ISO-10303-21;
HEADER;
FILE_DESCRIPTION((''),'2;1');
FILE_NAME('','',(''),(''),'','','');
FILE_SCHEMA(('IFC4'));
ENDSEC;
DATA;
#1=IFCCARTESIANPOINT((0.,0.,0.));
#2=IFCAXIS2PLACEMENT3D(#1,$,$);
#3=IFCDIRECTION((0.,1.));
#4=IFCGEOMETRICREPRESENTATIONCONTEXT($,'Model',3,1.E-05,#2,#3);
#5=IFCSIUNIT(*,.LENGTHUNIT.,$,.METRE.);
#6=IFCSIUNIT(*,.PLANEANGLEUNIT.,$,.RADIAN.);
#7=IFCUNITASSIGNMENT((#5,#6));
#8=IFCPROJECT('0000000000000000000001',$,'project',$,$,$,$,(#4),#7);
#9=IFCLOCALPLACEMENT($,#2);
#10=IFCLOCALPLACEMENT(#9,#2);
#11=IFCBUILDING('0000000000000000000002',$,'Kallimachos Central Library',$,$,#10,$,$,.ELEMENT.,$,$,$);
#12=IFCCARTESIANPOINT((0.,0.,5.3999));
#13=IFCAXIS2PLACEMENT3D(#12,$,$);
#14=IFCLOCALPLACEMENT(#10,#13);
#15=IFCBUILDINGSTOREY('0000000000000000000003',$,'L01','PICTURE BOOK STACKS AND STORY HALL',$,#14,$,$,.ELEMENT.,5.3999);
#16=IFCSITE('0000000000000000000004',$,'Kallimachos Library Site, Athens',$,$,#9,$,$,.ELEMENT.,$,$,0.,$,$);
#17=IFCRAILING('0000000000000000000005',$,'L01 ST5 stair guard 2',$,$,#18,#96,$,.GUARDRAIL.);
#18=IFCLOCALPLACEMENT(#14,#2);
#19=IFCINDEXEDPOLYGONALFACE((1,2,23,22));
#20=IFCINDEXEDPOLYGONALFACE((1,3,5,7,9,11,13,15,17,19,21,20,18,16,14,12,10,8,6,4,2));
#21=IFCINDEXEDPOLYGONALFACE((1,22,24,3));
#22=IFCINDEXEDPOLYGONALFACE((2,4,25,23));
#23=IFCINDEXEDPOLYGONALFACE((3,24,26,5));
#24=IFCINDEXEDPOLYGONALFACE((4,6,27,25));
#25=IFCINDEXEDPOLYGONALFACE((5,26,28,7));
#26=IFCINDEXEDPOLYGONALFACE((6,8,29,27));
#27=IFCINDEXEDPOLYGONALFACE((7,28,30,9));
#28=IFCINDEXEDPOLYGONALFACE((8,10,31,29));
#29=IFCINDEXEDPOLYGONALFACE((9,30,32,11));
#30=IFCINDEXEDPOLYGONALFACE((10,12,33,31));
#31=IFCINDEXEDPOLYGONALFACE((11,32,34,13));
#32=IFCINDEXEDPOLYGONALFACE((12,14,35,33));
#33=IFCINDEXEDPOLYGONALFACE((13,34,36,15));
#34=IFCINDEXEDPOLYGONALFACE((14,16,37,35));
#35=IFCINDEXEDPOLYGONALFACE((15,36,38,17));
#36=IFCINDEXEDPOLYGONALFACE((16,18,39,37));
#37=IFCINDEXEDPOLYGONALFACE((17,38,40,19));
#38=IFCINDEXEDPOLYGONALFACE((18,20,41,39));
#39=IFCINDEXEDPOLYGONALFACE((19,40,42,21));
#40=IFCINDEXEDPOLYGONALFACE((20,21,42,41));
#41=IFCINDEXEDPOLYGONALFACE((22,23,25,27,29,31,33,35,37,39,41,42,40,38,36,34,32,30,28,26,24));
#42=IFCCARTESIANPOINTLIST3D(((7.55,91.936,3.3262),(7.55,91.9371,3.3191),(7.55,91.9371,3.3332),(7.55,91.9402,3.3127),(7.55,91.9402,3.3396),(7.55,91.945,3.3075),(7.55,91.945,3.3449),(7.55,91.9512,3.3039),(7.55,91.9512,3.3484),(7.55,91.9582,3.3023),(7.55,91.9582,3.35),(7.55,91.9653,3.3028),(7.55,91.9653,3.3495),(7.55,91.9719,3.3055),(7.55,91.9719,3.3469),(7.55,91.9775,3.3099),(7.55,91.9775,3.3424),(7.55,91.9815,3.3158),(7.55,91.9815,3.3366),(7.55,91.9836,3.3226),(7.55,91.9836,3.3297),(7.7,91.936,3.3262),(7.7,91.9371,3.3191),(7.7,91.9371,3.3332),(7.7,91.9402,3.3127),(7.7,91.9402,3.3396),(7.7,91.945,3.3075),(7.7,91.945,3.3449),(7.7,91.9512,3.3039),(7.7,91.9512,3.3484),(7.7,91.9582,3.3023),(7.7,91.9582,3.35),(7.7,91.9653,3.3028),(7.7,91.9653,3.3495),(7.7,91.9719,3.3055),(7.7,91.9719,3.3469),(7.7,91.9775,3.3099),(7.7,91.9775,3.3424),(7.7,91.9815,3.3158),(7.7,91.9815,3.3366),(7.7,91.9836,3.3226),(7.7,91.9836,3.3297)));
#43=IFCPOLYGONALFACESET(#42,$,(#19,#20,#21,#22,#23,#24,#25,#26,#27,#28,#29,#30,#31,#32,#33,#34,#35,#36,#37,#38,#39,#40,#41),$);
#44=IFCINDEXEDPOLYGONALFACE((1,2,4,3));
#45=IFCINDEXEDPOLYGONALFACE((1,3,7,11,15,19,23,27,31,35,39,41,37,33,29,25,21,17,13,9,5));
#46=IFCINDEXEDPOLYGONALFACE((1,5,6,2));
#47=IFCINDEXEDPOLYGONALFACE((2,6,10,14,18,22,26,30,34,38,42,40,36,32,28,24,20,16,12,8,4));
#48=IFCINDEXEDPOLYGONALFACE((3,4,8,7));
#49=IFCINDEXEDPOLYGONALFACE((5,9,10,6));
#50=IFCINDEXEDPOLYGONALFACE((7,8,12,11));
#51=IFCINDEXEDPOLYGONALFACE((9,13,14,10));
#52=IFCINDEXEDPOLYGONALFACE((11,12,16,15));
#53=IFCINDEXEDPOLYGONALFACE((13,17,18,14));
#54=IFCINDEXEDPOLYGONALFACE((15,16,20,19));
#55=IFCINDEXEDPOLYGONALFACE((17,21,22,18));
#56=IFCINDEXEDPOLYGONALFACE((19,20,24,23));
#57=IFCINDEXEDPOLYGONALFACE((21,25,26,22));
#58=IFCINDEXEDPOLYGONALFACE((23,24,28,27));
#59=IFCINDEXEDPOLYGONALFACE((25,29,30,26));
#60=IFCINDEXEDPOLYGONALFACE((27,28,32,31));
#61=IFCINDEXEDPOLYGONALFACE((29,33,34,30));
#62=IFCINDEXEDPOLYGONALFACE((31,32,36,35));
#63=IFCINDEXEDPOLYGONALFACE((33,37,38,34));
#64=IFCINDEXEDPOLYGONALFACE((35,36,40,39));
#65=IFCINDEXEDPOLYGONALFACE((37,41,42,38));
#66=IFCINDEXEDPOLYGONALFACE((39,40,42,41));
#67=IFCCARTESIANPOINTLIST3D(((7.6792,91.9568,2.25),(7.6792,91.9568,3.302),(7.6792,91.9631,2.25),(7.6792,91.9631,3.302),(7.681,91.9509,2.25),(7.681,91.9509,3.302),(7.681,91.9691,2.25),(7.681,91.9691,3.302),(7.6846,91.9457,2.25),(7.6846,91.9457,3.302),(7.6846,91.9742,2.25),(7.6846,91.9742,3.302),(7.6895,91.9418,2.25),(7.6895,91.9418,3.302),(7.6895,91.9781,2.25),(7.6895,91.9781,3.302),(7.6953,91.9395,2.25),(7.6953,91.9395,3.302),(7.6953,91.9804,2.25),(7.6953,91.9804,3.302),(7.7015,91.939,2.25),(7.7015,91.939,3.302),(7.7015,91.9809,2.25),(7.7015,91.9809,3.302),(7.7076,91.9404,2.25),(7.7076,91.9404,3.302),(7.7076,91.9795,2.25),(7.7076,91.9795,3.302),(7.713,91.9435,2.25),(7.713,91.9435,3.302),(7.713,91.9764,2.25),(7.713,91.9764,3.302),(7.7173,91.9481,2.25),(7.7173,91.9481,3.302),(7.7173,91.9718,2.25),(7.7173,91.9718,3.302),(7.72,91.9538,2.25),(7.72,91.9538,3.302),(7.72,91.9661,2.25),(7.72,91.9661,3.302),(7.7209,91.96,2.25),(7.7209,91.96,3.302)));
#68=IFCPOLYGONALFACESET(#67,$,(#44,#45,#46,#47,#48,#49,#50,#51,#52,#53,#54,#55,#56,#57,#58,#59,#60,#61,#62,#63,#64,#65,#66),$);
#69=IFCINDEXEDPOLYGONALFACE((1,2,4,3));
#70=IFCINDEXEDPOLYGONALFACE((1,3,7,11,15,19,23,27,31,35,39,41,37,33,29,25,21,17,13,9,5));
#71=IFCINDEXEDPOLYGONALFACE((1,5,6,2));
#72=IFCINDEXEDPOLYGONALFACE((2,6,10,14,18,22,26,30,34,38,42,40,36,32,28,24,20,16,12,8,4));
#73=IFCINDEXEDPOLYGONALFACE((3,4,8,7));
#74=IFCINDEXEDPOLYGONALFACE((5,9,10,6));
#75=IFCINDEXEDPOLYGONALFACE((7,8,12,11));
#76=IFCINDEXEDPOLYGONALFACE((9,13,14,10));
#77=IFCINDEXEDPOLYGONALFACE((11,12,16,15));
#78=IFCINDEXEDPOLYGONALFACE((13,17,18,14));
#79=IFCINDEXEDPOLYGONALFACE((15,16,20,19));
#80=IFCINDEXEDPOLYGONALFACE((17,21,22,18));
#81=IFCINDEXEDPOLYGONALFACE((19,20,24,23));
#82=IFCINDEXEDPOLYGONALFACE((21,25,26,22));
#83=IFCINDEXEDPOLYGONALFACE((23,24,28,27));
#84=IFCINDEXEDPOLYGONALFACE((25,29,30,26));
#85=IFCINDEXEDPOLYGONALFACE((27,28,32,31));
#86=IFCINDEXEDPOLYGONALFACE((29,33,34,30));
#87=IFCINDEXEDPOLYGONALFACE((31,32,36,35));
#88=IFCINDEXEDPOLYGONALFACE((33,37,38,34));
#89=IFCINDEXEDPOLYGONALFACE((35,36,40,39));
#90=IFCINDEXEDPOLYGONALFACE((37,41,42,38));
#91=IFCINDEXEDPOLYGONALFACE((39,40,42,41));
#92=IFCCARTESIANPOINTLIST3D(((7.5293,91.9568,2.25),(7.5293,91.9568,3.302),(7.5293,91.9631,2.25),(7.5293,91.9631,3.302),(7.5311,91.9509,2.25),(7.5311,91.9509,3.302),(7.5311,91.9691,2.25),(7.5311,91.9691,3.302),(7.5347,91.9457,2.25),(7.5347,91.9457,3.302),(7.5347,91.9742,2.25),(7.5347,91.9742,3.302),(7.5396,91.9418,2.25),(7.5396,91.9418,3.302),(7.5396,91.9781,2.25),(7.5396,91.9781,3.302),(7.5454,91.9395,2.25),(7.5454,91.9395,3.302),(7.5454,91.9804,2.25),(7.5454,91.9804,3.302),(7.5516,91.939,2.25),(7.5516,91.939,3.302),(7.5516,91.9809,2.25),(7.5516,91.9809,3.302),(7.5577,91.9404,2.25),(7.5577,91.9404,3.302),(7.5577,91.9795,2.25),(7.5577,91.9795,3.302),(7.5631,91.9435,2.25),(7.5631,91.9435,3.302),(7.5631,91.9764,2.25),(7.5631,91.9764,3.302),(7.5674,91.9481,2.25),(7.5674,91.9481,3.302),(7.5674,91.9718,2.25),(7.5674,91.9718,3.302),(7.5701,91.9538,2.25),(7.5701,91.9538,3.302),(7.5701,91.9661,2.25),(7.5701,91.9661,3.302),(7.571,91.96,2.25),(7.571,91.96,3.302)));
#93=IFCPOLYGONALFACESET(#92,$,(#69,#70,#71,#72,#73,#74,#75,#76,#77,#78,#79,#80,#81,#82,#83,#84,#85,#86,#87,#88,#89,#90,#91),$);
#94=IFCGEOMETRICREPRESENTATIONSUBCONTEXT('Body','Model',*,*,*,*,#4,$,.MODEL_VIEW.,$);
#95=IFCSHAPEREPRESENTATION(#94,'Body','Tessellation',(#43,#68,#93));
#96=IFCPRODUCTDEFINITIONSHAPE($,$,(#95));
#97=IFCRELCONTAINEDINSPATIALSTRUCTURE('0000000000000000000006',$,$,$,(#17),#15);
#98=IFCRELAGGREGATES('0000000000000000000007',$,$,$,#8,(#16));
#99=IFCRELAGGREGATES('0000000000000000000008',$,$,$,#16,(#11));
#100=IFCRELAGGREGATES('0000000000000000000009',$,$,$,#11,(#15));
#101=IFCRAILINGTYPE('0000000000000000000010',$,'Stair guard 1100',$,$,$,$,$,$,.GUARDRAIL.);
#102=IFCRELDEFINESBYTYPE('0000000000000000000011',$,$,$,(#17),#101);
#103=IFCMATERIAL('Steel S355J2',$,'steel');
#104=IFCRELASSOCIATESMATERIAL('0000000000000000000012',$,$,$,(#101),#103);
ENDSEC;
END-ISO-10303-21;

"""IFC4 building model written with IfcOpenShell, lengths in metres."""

from ifc_helpers import new_model, si_unit, direction, frame, origin, origin_2d, place, context, subcontext, project, spatial, circle, extrude, material, type_object, element, save


model = new_model("IFC4")

# Units and contexts
model_context = context("Model", 3, precision=1e-05, world=origin(), true_north=direction((0.0, 1.0)))
body_context = subcontext(model_context, "Body", "Model", "MODEL_VIEW")
ifc_project = project(units=[si_unit("LENGTHUNIT", "METRE"), si_unit("PLANEANGLEUNIT", "RADIAN")], contexts=[model_context])

# Site, building, storey
site_placement = place(None, origin())
site = spatial("IfcSite", under=ifc_project, at=site_placement, Name="Kallimachos Library Site, Athens", CompositionType="ELEMENT", RefElevation=0.0)
building_placement = place(site_placement, origin())
building = spatial("IfcBuilding", under=site, at=building_placement, Name="Kallimachos Central Library", CompositionType="ELEMENT")
storey_placement = place(building_placement, frame((0.0, 0.0, 5.3999)))
storey = spatial("IfcBuildingStorey", under=building, at=storey_placement, Name="L01", Description="PICTURE BOOK STACKS AND STORY HALL", CompositionType="ELEMENT", Elevation=5.3999)

# Railing
ifc_material_1 = material(Name="Steel S355J2", Category="steel")
railing_type_1 = type_object("IfcRailingType", Name="Stair guard 1100", PredefinedType="GUARDRAIL", material=ifc_material_1)
railing_1_placement = place(storey_placement, frame((7.7, 91.96, 2.25)))
element("IfcRailing", 1, at=railing_1_placement, inside=storey, type_object=railing_type_1, Name="L01 ST5 stair guard 2", PredefinedType="GUARDRAIL", context=body_context, shape_type="SweptSolid", body=[
    extrude(circle(Radius=0.0239, at=origin_2d()), frame((0.0, 0.0, 1.0762), z_axis=(-1.0, 0.0, 0.0), x_axis=(0.0, -1.0, 0.0)), (0.0, 0.0, 1.0), 0.1499),
    extrude(circle(Radius=0.021, at=origin_2d()), origin(), (0.0, 0.0, 1.0), 1.052),
    extrude(circle(Radius=0.021, at=origin_2d()), frame((-0.1499, 0.0, 0.0)), (0.0, 0.0, 1.0), 1.052),
])

save(model, "model.ifc")
